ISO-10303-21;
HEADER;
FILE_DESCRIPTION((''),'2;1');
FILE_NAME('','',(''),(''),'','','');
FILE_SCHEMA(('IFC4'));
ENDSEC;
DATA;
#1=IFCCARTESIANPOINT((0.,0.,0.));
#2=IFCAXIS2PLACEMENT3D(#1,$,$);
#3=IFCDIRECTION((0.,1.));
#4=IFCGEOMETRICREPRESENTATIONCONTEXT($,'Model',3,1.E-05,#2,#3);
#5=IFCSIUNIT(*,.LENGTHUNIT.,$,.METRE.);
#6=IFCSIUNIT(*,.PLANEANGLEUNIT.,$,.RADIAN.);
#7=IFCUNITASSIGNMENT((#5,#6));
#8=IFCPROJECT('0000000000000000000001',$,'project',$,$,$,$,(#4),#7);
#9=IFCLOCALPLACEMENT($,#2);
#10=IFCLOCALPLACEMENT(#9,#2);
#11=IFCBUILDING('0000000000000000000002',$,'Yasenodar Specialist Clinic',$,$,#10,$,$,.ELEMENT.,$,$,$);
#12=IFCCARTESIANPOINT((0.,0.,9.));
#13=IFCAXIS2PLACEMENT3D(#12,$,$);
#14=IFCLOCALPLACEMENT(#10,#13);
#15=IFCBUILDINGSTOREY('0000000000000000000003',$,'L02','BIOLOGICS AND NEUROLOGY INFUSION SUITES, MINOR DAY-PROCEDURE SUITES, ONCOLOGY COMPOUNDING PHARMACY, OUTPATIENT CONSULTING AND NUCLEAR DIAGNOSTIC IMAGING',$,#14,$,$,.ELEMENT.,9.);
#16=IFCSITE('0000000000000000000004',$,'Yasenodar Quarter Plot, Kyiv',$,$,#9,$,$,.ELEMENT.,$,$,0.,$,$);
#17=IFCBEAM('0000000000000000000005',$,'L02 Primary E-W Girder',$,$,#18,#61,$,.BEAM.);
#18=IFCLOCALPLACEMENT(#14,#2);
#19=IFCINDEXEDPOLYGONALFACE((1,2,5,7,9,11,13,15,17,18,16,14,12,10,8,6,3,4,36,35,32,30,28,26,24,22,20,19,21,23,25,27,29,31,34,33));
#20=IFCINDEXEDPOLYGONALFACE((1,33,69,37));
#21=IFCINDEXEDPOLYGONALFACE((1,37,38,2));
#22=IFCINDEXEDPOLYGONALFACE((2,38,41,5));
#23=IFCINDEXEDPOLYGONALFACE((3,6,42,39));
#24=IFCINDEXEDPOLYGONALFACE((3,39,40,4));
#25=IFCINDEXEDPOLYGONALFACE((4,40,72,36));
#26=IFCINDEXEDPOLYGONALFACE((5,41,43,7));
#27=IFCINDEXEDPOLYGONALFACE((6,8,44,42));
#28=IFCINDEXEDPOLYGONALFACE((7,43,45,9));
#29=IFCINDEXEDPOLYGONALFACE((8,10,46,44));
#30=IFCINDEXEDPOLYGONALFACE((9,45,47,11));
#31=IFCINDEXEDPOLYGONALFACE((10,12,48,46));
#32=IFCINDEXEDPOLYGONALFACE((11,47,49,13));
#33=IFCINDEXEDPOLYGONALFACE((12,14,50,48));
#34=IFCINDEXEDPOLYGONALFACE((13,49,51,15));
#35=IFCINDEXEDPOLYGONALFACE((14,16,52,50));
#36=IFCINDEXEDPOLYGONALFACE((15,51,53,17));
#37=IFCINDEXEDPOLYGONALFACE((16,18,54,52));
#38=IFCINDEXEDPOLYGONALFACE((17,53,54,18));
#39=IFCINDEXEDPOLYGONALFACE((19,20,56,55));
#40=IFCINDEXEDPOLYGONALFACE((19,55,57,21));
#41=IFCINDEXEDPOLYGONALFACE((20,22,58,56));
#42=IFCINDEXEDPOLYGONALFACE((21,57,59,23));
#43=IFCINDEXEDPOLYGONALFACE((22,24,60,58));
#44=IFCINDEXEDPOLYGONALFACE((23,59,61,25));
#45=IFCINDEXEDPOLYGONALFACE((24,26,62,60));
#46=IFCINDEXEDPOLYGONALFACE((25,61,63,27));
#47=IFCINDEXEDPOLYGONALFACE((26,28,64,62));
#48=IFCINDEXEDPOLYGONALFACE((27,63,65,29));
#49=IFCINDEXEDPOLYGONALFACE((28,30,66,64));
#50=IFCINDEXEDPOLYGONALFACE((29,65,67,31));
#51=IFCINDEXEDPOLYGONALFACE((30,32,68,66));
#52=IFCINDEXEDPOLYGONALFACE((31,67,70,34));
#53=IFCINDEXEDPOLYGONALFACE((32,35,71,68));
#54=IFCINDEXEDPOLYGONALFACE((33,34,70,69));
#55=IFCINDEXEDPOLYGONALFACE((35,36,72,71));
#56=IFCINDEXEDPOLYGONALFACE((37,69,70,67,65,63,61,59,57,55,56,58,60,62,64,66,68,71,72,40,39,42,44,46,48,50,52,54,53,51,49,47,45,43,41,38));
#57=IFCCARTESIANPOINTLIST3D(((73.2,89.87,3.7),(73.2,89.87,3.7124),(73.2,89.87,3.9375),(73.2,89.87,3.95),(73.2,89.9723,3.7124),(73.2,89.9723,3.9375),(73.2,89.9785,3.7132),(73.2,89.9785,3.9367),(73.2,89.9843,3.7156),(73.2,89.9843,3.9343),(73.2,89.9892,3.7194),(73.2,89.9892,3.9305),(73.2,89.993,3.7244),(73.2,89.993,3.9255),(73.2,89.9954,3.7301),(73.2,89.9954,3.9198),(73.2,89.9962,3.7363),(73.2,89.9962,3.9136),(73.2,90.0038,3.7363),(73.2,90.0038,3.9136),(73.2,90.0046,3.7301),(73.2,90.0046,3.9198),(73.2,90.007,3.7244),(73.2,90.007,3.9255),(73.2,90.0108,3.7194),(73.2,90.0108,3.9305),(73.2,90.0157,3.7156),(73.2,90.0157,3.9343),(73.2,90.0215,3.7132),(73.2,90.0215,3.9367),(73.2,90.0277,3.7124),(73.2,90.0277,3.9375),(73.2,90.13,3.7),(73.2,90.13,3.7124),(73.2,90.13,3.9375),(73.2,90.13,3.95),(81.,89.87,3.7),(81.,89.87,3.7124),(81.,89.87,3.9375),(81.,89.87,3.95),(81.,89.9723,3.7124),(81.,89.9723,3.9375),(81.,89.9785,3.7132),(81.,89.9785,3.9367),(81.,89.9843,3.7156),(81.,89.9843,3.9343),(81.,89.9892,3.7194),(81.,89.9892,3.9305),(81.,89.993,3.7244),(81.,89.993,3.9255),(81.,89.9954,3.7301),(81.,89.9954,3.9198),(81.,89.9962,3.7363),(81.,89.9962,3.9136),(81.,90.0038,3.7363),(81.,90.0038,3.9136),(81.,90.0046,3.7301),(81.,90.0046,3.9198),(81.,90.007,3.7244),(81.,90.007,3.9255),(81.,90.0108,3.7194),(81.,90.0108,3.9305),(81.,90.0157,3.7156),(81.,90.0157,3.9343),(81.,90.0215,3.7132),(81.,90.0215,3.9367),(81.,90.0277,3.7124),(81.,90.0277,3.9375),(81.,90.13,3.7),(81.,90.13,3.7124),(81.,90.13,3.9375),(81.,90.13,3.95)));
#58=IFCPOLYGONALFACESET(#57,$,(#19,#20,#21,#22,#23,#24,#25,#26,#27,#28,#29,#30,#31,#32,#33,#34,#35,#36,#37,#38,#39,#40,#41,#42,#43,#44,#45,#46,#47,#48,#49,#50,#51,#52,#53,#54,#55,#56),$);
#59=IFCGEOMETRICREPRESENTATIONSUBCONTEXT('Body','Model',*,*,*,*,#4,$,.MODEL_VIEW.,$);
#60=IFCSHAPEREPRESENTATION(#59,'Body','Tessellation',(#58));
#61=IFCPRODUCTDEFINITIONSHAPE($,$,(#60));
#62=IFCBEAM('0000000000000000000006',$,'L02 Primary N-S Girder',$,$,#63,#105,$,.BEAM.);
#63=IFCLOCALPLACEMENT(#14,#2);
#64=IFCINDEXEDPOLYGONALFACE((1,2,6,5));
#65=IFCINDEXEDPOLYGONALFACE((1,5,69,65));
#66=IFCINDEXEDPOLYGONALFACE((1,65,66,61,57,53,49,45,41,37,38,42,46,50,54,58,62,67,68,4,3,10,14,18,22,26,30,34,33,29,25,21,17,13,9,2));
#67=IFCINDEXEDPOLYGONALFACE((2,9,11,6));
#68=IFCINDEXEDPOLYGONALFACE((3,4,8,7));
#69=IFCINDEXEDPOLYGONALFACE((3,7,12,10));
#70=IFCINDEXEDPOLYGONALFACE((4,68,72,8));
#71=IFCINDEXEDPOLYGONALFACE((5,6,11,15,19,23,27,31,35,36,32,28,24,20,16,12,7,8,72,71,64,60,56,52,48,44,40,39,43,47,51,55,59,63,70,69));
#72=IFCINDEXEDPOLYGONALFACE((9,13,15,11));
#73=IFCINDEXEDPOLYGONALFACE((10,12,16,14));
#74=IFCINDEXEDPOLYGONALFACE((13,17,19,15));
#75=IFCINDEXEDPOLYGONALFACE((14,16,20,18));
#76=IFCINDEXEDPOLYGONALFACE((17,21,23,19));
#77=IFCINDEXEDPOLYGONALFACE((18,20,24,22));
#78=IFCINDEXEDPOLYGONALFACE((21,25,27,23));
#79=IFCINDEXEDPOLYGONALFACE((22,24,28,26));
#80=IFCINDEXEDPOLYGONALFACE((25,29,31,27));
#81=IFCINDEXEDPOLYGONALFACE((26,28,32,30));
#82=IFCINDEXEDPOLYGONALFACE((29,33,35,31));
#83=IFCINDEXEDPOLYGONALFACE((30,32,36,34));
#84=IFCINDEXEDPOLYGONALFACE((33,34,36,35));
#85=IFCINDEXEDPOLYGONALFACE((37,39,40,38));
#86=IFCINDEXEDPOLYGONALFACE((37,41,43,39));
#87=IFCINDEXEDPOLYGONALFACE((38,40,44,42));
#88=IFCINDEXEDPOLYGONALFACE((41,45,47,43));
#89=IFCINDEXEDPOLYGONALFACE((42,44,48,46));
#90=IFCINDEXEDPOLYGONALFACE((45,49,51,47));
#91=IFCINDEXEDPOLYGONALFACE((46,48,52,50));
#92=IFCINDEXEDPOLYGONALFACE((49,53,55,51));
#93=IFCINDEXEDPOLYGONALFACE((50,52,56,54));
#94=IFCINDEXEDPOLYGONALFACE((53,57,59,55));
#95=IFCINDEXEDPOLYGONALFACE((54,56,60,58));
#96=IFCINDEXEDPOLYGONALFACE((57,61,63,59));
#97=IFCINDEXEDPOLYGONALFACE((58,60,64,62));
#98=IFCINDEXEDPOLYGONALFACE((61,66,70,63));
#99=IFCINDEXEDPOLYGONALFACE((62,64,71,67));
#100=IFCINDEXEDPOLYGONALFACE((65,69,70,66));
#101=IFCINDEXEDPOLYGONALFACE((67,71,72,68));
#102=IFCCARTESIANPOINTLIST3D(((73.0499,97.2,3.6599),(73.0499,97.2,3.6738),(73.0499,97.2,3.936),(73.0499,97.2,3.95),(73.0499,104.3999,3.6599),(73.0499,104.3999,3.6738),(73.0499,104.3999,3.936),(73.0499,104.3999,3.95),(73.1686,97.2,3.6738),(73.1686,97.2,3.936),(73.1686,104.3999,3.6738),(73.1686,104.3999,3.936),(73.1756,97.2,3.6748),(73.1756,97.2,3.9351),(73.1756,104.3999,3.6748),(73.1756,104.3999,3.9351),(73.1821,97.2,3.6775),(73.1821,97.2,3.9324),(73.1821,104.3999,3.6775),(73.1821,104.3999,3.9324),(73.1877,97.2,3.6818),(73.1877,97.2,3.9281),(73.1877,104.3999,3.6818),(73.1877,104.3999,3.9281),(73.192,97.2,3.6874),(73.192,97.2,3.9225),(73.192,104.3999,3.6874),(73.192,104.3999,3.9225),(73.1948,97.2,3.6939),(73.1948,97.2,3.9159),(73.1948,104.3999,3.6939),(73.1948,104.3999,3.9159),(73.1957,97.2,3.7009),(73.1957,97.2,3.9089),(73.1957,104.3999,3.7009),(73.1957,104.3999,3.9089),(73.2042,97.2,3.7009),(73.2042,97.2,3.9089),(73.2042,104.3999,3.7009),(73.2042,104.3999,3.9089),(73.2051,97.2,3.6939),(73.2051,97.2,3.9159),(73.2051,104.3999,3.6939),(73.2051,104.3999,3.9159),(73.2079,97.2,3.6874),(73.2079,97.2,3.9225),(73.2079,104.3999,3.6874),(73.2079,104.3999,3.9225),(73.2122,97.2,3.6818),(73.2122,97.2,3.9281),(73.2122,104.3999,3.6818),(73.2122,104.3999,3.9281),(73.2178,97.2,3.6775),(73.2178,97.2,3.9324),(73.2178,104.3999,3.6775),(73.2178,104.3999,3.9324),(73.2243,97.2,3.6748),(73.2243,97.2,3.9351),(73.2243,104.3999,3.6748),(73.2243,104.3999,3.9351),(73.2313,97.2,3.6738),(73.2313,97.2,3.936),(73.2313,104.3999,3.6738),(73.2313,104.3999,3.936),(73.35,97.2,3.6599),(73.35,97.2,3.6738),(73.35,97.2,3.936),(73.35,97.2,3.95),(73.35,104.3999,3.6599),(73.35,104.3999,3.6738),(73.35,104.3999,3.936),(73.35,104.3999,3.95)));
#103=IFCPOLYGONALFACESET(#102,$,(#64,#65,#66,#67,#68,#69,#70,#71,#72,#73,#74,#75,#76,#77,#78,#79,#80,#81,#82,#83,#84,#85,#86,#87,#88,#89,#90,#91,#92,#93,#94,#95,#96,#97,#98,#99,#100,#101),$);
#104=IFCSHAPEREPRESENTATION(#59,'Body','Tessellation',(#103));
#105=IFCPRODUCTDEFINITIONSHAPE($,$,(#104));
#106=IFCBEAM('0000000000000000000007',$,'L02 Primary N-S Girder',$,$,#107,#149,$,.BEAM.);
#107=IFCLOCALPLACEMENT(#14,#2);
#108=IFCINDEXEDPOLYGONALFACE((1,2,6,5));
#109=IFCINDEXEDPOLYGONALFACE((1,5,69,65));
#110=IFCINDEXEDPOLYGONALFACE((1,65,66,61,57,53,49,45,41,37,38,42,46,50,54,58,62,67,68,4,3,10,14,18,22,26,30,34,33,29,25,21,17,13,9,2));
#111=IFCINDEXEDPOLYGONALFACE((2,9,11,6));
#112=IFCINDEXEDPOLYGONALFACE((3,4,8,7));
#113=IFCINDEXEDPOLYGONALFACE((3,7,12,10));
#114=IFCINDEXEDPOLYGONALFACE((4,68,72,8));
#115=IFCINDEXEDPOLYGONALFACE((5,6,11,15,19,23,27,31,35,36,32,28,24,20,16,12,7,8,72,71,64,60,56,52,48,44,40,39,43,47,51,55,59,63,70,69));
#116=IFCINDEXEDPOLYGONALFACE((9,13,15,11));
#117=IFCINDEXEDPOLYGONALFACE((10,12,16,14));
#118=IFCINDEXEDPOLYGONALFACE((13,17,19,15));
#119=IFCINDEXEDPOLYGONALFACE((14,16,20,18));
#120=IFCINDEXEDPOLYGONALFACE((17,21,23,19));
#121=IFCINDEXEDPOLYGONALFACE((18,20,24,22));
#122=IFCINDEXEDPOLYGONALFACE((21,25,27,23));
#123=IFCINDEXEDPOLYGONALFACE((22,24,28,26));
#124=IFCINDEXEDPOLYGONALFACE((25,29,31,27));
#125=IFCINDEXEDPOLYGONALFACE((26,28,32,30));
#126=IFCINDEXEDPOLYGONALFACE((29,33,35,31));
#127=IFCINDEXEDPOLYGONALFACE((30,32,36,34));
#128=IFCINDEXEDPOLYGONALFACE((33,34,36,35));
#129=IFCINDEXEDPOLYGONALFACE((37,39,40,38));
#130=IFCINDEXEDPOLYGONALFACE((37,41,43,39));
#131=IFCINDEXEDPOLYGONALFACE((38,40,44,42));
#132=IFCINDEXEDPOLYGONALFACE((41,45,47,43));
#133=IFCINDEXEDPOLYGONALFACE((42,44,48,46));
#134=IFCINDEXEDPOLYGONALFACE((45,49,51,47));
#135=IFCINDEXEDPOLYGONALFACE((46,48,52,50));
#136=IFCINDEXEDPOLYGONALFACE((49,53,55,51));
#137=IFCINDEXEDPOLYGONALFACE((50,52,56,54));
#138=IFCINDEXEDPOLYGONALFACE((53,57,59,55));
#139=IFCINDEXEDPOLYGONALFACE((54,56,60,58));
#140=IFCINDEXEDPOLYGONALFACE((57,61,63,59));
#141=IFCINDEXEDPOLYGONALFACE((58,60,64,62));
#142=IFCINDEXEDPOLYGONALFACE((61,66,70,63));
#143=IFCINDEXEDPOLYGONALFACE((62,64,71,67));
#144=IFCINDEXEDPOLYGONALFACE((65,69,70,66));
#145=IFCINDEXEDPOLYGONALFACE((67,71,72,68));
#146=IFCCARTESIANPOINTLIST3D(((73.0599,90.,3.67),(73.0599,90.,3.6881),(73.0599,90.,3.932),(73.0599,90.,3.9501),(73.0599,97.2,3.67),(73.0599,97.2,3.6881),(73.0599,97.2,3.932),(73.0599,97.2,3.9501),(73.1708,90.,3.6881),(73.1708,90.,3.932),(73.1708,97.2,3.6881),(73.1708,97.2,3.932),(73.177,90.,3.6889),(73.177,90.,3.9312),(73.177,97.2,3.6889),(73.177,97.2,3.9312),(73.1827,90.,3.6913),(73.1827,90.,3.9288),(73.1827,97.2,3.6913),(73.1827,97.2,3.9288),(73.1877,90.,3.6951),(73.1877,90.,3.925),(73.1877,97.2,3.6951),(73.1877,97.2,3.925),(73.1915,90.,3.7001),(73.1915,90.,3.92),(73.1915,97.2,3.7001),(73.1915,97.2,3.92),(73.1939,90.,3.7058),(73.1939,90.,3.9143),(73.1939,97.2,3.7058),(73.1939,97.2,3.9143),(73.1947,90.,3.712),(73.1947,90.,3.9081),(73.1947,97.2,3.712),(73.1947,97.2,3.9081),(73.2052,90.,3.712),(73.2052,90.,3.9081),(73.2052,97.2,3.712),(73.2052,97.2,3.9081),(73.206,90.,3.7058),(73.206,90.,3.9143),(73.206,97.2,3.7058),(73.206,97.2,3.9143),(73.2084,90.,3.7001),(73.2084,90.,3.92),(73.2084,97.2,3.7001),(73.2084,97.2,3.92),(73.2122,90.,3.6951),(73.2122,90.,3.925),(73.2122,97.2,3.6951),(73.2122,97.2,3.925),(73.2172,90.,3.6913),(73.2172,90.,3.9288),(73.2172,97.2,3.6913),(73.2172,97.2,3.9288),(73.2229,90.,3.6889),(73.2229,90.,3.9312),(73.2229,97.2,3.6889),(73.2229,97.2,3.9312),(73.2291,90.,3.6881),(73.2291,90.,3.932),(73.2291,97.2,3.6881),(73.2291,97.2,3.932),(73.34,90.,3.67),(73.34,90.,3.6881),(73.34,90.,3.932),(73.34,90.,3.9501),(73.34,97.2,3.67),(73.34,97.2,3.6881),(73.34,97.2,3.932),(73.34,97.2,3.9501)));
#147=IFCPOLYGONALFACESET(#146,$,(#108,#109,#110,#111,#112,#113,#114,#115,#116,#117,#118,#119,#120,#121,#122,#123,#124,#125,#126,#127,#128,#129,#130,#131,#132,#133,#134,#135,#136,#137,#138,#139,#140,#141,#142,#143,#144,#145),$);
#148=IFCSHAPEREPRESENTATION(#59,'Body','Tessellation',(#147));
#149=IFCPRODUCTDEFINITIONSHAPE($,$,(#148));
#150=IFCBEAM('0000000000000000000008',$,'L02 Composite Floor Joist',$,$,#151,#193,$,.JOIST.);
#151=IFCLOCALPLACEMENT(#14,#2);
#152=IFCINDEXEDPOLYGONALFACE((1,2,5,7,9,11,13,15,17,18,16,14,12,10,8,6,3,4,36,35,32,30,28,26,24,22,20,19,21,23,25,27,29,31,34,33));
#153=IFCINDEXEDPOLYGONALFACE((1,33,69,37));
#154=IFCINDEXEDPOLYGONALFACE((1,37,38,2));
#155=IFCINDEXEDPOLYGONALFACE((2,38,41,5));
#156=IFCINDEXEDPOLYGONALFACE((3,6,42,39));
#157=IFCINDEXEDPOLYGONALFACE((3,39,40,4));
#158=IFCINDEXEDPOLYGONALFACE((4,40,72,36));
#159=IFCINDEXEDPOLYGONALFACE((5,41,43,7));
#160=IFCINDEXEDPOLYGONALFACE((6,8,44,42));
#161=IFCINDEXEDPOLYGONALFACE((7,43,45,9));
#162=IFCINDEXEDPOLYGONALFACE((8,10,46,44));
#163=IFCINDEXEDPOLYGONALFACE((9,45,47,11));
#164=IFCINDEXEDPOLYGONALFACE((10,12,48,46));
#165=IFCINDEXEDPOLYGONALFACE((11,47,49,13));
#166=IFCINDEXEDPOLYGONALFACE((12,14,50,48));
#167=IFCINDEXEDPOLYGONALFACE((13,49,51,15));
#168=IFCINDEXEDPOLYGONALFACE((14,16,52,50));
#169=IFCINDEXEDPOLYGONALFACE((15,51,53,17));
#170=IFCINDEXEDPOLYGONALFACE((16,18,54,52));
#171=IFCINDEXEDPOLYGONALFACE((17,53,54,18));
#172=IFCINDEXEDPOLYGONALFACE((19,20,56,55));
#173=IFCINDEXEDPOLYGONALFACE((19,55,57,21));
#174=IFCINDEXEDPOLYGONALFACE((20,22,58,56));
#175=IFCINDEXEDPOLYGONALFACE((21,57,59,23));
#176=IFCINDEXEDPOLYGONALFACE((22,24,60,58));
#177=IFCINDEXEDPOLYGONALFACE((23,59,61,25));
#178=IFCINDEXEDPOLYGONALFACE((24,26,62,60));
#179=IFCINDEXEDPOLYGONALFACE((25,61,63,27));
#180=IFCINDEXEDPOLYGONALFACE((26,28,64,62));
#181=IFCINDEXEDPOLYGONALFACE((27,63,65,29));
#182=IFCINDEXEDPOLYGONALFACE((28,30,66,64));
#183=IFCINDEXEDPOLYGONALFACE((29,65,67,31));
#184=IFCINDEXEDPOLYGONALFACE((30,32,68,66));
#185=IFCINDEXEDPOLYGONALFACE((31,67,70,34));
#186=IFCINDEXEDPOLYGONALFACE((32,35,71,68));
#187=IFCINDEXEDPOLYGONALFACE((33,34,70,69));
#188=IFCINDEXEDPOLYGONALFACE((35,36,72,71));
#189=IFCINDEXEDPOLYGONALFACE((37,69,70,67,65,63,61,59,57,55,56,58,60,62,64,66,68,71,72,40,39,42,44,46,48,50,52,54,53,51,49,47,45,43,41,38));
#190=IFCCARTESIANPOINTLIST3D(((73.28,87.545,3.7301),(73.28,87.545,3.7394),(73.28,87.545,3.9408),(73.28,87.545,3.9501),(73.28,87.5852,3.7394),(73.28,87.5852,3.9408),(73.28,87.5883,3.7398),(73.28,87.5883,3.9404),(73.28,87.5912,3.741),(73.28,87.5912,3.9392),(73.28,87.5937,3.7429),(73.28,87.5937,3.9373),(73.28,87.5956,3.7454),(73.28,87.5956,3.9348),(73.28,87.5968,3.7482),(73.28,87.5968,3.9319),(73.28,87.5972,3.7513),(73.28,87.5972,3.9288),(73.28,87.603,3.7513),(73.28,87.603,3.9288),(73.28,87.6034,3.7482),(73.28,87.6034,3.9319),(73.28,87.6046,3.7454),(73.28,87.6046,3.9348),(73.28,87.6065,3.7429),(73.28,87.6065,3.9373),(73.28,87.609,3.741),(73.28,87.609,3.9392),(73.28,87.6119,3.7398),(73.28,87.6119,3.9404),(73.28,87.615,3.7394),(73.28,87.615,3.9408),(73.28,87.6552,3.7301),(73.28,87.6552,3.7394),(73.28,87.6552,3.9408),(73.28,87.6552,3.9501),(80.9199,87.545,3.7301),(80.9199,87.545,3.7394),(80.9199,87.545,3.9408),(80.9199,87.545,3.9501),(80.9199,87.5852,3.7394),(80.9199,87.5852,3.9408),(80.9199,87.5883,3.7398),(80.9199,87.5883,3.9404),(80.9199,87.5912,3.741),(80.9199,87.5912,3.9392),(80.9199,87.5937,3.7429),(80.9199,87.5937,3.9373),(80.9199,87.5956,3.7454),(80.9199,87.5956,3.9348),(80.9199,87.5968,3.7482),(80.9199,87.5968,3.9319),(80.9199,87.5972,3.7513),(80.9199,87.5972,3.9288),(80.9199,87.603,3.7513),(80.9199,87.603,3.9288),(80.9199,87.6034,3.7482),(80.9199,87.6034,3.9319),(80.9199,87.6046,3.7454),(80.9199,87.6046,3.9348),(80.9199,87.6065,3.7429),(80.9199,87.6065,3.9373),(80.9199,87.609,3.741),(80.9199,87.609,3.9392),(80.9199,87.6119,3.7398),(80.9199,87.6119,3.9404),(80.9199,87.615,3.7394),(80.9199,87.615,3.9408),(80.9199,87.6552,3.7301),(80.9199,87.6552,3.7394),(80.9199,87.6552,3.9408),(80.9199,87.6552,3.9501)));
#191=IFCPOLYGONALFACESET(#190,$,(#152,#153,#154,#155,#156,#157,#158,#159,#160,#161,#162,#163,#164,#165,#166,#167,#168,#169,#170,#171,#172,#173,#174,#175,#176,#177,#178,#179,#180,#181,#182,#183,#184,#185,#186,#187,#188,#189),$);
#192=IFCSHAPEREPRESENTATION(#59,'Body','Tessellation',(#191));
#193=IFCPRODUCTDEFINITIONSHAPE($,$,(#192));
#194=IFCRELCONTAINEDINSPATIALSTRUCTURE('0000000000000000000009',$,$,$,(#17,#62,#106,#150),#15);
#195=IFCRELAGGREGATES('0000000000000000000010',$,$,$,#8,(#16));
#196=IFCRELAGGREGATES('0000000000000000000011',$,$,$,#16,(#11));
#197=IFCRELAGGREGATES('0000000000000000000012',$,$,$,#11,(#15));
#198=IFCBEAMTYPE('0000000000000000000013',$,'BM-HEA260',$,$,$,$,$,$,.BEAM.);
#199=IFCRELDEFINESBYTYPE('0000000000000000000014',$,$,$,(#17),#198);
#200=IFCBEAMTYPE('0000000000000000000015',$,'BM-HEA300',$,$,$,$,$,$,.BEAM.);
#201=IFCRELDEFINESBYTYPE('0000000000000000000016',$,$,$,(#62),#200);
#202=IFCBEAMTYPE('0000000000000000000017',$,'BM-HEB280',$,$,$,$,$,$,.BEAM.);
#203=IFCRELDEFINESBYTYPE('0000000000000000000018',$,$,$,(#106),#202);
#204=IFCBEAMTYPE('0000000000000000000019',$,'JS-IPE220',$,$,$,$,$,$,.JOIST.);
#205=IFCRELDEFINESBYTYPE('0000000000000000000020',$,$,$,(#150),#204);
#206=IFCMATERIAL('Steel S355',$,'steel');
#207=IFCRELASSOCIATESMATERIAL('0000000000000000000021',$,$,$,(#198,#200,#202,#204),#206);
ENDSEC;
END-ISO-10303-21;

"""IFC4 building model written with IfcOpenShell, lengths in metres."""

from ifc_helpers import new_model, si_unit, direction, frame, origin, origin_2d, place, context, subcontext, project, spatial, i_section, extrude, material, material_profile, profile_set, type_object, element, save


model = new_model("IFC4")

# Units and contexts
model_context = context("Model", 3, precision=1e-05, world=origin(), true_north=direction((0.0, 1.0)))
body_context = subcontext(model_context, "Body", "Model", "MODEL_VIEW")
ifc_project = project(units=[si_unit("LENGTHUNIT", "METRE"), si_unit("PLANEANGLEUNIT", "RADIAN")], contexts=[model_context])

# Site, building, storey
site_placement = place(None, origin())
site = spatial("IfcSite", under=ifc_project, at=site_placement, Name="Yasenodar Quarter Plot, Kyiv", CompositionType="ELEMENT", RefElevation=0.0)
building_placement = place(site_placement, origin())
building = spatial("IfcBuilding", under=site, at=building_placement, Name="Yasenodar Specialist Clinic", CompositionType="ELEMENT")
storey_placement = place(building_placement, frame((0.0, 0.0, 9.0)))
storey = spatial("IfcBuildingStorey", under=building, at=storey_placement, Name="L02", Description="BIOLOGICS AND NEUROLOGY INFUSION SUITES, MINOR DAY-PROCEDURE SUITES, ONCOLOGY COMPOUNDING PHARMACY, OUTPATIENT CONSULTING AND NUCLEAR DIAGNOSTIC IMAGING", CompositionType="ELEMENT", Elevation=9.0)

# Shared definitions
ifc_material_1 = material(Name="Steel S355", Category="steel")

# Beams
ifc_material_profile_1 = material_profile(ifc_material_1, i_section(OverallWidth=0.26, OverallDepth=0.25, WebThickness=0.0076, FlangeThickness=0.0125, FilletRadius=0.0239, at=origin_2d()), Name="HEA 260")
ifc_profile_set_1 = profile_set([ifc_material_profile_1], Name="Steel S355")
beam_type_1 = type_object("IfcBeamType", Name="BM-HEA260", PredefinedType="BEAM", material=ifc_profile_set_1)
beam_1_placement = place(storey_placement, frame((73.2, 90.0, 3.825), z_axis=(1.0, 0.0, 0.0), x_axis=(0.0, 1.0, 0.0)))
element("IfcBeam", 1, at=beam_1_placement, inside=storey, type_object=beam_type_1, Name="L02 Primary E-W Girder", PredefinedType="BEAM", context=body_context, shape_type="SweptSolid", body=[
    extrude(i_section(OverallWidth=0.26, OverallDepth=0.25, WebThickness=0.0076, FlangeThickness=0.0125, FilletRadius=0.0239, at=origin_2d()), origin(), (0.0, 0.0, 1.0), 7.8),
])
ifc_material_profile_2 = material_profile(ifc_material_1, i_section(OverallWidth=0.3, OverallDepth=0.29, WebThickness=0.0085, FlangeThickness=0.0139, FilletRadius=0.0271, at=origin_2d()), Name="HEA 300")
ifc_profile_set_2 = profile_set([ifc_material_profile_2], Name="Steel S355")
beam_type_2 = type_object("IfcBeamType", Name="BM-HEA300", PredefinedType="BEAM", material=ifc_profile_set_2)
beam_2_placement = place(storey_placement, frame((73.2, 97.2, 3.8049), z_axis=(0.0, 1.0, 0.0), x_axis=(-1.0, 0.0, 0.0)))
element("IfcBeam", 2, at=beam_2_placement, inside=storey, type_object=beam_type_2, Name="L02 Primary N-S Girder", PredefinedType="BEAM", context=body_context, shape_type="SweptSolid", body=[
    extrude(i_section(OverallWidth=0.3, OverallDepth=0.29, WebThickness=0.0085, FlangeThickness=0.0139, FilletRadius=0.0271, at=origin_2d()), origin(), (0.0, 0.0, 1.0), 7.2),
])
ifc_material_profile_3 = material_profile(ifc_material_1, i_section(OverallWidth=0.28, OverallDepth=0.28, WebThickness=0.0105, FlangeThickness=0.0181, FilletRadius=0.0239, at=origin_2d()), Name="HEB 280")
ifc_profile_set_3 = profile_set([ifc_material_profile_3], Name="Steel S355")
beam_type_3 = type_object("IfcBeamType", Name="BM-HEB280", PredefinedType="BEAM", material=ifc_profile_set_3)
beam_3_placement = place(storey_placement, frame((73.2, 90.0, 3.8101), z_axis=(0.0, 1.0, 0.0), x_axis=(-1.0, 0.0, 0.0)))
element("IfcBeam", 3, at=beam_3_placement, inside=storey, type_object=beam_type_3, Name="L02 Primary N-S Girder", PredefinedType="BEAM", context=body_context, shape_type="SweptSolid", body=[
    extrude(i_section(OverallWidth=0.28, OverallDepth=0.28, WebThickness=0.0105, FlangeThickness=0.0181, FilletRadius=0.0239, at=origin_2d()), origin(), (0.0, 0.0, 1.0), 7.2),
])
ifc_material_profile_4 = material_profile(ifc_material_1, i_section(OverallWidth=0.1101, OverallDepth=0.22, WebThickness=0.0059, FlangeThickness=0.0093, FilletRadius=0.012, at=origin_2d()), Name="IPE 220")
ifc_profile_set_4 = profile_set([ifc_material_profile_4], Name="Steel S355")
beam_type_4 = type_object("IfcBeamType", Name="JS-IPE220", PredefinedType="JOIST", material=ifc_profile_set_4)
beam_4_placement = place(storey_placement, frame((73.28, 87.6001, 3.8401), z_axis=(1.0, 0.0, 0.0), x_axis=(0.0, 1.0, 0.0)))
element("IfcBeam", 4, at=beam_4_placement, inside=storey, type_object=beam_type_4, Name="L02 Composite Floor Joist", PredefinedType="JOIST", context=body_context, shape_type="SweptSolid", body=[
    extrude(i_section(OverallWidth=0.1101, OverallDepth=0.22, WebThickness=0.0059, FlangeThickness=0.0093, FilletRadius=0.012, at=origin_2d()), origin(), (0.0, 0.0, 1.0), 7.6399),
])

save(model, "model.ifc")
